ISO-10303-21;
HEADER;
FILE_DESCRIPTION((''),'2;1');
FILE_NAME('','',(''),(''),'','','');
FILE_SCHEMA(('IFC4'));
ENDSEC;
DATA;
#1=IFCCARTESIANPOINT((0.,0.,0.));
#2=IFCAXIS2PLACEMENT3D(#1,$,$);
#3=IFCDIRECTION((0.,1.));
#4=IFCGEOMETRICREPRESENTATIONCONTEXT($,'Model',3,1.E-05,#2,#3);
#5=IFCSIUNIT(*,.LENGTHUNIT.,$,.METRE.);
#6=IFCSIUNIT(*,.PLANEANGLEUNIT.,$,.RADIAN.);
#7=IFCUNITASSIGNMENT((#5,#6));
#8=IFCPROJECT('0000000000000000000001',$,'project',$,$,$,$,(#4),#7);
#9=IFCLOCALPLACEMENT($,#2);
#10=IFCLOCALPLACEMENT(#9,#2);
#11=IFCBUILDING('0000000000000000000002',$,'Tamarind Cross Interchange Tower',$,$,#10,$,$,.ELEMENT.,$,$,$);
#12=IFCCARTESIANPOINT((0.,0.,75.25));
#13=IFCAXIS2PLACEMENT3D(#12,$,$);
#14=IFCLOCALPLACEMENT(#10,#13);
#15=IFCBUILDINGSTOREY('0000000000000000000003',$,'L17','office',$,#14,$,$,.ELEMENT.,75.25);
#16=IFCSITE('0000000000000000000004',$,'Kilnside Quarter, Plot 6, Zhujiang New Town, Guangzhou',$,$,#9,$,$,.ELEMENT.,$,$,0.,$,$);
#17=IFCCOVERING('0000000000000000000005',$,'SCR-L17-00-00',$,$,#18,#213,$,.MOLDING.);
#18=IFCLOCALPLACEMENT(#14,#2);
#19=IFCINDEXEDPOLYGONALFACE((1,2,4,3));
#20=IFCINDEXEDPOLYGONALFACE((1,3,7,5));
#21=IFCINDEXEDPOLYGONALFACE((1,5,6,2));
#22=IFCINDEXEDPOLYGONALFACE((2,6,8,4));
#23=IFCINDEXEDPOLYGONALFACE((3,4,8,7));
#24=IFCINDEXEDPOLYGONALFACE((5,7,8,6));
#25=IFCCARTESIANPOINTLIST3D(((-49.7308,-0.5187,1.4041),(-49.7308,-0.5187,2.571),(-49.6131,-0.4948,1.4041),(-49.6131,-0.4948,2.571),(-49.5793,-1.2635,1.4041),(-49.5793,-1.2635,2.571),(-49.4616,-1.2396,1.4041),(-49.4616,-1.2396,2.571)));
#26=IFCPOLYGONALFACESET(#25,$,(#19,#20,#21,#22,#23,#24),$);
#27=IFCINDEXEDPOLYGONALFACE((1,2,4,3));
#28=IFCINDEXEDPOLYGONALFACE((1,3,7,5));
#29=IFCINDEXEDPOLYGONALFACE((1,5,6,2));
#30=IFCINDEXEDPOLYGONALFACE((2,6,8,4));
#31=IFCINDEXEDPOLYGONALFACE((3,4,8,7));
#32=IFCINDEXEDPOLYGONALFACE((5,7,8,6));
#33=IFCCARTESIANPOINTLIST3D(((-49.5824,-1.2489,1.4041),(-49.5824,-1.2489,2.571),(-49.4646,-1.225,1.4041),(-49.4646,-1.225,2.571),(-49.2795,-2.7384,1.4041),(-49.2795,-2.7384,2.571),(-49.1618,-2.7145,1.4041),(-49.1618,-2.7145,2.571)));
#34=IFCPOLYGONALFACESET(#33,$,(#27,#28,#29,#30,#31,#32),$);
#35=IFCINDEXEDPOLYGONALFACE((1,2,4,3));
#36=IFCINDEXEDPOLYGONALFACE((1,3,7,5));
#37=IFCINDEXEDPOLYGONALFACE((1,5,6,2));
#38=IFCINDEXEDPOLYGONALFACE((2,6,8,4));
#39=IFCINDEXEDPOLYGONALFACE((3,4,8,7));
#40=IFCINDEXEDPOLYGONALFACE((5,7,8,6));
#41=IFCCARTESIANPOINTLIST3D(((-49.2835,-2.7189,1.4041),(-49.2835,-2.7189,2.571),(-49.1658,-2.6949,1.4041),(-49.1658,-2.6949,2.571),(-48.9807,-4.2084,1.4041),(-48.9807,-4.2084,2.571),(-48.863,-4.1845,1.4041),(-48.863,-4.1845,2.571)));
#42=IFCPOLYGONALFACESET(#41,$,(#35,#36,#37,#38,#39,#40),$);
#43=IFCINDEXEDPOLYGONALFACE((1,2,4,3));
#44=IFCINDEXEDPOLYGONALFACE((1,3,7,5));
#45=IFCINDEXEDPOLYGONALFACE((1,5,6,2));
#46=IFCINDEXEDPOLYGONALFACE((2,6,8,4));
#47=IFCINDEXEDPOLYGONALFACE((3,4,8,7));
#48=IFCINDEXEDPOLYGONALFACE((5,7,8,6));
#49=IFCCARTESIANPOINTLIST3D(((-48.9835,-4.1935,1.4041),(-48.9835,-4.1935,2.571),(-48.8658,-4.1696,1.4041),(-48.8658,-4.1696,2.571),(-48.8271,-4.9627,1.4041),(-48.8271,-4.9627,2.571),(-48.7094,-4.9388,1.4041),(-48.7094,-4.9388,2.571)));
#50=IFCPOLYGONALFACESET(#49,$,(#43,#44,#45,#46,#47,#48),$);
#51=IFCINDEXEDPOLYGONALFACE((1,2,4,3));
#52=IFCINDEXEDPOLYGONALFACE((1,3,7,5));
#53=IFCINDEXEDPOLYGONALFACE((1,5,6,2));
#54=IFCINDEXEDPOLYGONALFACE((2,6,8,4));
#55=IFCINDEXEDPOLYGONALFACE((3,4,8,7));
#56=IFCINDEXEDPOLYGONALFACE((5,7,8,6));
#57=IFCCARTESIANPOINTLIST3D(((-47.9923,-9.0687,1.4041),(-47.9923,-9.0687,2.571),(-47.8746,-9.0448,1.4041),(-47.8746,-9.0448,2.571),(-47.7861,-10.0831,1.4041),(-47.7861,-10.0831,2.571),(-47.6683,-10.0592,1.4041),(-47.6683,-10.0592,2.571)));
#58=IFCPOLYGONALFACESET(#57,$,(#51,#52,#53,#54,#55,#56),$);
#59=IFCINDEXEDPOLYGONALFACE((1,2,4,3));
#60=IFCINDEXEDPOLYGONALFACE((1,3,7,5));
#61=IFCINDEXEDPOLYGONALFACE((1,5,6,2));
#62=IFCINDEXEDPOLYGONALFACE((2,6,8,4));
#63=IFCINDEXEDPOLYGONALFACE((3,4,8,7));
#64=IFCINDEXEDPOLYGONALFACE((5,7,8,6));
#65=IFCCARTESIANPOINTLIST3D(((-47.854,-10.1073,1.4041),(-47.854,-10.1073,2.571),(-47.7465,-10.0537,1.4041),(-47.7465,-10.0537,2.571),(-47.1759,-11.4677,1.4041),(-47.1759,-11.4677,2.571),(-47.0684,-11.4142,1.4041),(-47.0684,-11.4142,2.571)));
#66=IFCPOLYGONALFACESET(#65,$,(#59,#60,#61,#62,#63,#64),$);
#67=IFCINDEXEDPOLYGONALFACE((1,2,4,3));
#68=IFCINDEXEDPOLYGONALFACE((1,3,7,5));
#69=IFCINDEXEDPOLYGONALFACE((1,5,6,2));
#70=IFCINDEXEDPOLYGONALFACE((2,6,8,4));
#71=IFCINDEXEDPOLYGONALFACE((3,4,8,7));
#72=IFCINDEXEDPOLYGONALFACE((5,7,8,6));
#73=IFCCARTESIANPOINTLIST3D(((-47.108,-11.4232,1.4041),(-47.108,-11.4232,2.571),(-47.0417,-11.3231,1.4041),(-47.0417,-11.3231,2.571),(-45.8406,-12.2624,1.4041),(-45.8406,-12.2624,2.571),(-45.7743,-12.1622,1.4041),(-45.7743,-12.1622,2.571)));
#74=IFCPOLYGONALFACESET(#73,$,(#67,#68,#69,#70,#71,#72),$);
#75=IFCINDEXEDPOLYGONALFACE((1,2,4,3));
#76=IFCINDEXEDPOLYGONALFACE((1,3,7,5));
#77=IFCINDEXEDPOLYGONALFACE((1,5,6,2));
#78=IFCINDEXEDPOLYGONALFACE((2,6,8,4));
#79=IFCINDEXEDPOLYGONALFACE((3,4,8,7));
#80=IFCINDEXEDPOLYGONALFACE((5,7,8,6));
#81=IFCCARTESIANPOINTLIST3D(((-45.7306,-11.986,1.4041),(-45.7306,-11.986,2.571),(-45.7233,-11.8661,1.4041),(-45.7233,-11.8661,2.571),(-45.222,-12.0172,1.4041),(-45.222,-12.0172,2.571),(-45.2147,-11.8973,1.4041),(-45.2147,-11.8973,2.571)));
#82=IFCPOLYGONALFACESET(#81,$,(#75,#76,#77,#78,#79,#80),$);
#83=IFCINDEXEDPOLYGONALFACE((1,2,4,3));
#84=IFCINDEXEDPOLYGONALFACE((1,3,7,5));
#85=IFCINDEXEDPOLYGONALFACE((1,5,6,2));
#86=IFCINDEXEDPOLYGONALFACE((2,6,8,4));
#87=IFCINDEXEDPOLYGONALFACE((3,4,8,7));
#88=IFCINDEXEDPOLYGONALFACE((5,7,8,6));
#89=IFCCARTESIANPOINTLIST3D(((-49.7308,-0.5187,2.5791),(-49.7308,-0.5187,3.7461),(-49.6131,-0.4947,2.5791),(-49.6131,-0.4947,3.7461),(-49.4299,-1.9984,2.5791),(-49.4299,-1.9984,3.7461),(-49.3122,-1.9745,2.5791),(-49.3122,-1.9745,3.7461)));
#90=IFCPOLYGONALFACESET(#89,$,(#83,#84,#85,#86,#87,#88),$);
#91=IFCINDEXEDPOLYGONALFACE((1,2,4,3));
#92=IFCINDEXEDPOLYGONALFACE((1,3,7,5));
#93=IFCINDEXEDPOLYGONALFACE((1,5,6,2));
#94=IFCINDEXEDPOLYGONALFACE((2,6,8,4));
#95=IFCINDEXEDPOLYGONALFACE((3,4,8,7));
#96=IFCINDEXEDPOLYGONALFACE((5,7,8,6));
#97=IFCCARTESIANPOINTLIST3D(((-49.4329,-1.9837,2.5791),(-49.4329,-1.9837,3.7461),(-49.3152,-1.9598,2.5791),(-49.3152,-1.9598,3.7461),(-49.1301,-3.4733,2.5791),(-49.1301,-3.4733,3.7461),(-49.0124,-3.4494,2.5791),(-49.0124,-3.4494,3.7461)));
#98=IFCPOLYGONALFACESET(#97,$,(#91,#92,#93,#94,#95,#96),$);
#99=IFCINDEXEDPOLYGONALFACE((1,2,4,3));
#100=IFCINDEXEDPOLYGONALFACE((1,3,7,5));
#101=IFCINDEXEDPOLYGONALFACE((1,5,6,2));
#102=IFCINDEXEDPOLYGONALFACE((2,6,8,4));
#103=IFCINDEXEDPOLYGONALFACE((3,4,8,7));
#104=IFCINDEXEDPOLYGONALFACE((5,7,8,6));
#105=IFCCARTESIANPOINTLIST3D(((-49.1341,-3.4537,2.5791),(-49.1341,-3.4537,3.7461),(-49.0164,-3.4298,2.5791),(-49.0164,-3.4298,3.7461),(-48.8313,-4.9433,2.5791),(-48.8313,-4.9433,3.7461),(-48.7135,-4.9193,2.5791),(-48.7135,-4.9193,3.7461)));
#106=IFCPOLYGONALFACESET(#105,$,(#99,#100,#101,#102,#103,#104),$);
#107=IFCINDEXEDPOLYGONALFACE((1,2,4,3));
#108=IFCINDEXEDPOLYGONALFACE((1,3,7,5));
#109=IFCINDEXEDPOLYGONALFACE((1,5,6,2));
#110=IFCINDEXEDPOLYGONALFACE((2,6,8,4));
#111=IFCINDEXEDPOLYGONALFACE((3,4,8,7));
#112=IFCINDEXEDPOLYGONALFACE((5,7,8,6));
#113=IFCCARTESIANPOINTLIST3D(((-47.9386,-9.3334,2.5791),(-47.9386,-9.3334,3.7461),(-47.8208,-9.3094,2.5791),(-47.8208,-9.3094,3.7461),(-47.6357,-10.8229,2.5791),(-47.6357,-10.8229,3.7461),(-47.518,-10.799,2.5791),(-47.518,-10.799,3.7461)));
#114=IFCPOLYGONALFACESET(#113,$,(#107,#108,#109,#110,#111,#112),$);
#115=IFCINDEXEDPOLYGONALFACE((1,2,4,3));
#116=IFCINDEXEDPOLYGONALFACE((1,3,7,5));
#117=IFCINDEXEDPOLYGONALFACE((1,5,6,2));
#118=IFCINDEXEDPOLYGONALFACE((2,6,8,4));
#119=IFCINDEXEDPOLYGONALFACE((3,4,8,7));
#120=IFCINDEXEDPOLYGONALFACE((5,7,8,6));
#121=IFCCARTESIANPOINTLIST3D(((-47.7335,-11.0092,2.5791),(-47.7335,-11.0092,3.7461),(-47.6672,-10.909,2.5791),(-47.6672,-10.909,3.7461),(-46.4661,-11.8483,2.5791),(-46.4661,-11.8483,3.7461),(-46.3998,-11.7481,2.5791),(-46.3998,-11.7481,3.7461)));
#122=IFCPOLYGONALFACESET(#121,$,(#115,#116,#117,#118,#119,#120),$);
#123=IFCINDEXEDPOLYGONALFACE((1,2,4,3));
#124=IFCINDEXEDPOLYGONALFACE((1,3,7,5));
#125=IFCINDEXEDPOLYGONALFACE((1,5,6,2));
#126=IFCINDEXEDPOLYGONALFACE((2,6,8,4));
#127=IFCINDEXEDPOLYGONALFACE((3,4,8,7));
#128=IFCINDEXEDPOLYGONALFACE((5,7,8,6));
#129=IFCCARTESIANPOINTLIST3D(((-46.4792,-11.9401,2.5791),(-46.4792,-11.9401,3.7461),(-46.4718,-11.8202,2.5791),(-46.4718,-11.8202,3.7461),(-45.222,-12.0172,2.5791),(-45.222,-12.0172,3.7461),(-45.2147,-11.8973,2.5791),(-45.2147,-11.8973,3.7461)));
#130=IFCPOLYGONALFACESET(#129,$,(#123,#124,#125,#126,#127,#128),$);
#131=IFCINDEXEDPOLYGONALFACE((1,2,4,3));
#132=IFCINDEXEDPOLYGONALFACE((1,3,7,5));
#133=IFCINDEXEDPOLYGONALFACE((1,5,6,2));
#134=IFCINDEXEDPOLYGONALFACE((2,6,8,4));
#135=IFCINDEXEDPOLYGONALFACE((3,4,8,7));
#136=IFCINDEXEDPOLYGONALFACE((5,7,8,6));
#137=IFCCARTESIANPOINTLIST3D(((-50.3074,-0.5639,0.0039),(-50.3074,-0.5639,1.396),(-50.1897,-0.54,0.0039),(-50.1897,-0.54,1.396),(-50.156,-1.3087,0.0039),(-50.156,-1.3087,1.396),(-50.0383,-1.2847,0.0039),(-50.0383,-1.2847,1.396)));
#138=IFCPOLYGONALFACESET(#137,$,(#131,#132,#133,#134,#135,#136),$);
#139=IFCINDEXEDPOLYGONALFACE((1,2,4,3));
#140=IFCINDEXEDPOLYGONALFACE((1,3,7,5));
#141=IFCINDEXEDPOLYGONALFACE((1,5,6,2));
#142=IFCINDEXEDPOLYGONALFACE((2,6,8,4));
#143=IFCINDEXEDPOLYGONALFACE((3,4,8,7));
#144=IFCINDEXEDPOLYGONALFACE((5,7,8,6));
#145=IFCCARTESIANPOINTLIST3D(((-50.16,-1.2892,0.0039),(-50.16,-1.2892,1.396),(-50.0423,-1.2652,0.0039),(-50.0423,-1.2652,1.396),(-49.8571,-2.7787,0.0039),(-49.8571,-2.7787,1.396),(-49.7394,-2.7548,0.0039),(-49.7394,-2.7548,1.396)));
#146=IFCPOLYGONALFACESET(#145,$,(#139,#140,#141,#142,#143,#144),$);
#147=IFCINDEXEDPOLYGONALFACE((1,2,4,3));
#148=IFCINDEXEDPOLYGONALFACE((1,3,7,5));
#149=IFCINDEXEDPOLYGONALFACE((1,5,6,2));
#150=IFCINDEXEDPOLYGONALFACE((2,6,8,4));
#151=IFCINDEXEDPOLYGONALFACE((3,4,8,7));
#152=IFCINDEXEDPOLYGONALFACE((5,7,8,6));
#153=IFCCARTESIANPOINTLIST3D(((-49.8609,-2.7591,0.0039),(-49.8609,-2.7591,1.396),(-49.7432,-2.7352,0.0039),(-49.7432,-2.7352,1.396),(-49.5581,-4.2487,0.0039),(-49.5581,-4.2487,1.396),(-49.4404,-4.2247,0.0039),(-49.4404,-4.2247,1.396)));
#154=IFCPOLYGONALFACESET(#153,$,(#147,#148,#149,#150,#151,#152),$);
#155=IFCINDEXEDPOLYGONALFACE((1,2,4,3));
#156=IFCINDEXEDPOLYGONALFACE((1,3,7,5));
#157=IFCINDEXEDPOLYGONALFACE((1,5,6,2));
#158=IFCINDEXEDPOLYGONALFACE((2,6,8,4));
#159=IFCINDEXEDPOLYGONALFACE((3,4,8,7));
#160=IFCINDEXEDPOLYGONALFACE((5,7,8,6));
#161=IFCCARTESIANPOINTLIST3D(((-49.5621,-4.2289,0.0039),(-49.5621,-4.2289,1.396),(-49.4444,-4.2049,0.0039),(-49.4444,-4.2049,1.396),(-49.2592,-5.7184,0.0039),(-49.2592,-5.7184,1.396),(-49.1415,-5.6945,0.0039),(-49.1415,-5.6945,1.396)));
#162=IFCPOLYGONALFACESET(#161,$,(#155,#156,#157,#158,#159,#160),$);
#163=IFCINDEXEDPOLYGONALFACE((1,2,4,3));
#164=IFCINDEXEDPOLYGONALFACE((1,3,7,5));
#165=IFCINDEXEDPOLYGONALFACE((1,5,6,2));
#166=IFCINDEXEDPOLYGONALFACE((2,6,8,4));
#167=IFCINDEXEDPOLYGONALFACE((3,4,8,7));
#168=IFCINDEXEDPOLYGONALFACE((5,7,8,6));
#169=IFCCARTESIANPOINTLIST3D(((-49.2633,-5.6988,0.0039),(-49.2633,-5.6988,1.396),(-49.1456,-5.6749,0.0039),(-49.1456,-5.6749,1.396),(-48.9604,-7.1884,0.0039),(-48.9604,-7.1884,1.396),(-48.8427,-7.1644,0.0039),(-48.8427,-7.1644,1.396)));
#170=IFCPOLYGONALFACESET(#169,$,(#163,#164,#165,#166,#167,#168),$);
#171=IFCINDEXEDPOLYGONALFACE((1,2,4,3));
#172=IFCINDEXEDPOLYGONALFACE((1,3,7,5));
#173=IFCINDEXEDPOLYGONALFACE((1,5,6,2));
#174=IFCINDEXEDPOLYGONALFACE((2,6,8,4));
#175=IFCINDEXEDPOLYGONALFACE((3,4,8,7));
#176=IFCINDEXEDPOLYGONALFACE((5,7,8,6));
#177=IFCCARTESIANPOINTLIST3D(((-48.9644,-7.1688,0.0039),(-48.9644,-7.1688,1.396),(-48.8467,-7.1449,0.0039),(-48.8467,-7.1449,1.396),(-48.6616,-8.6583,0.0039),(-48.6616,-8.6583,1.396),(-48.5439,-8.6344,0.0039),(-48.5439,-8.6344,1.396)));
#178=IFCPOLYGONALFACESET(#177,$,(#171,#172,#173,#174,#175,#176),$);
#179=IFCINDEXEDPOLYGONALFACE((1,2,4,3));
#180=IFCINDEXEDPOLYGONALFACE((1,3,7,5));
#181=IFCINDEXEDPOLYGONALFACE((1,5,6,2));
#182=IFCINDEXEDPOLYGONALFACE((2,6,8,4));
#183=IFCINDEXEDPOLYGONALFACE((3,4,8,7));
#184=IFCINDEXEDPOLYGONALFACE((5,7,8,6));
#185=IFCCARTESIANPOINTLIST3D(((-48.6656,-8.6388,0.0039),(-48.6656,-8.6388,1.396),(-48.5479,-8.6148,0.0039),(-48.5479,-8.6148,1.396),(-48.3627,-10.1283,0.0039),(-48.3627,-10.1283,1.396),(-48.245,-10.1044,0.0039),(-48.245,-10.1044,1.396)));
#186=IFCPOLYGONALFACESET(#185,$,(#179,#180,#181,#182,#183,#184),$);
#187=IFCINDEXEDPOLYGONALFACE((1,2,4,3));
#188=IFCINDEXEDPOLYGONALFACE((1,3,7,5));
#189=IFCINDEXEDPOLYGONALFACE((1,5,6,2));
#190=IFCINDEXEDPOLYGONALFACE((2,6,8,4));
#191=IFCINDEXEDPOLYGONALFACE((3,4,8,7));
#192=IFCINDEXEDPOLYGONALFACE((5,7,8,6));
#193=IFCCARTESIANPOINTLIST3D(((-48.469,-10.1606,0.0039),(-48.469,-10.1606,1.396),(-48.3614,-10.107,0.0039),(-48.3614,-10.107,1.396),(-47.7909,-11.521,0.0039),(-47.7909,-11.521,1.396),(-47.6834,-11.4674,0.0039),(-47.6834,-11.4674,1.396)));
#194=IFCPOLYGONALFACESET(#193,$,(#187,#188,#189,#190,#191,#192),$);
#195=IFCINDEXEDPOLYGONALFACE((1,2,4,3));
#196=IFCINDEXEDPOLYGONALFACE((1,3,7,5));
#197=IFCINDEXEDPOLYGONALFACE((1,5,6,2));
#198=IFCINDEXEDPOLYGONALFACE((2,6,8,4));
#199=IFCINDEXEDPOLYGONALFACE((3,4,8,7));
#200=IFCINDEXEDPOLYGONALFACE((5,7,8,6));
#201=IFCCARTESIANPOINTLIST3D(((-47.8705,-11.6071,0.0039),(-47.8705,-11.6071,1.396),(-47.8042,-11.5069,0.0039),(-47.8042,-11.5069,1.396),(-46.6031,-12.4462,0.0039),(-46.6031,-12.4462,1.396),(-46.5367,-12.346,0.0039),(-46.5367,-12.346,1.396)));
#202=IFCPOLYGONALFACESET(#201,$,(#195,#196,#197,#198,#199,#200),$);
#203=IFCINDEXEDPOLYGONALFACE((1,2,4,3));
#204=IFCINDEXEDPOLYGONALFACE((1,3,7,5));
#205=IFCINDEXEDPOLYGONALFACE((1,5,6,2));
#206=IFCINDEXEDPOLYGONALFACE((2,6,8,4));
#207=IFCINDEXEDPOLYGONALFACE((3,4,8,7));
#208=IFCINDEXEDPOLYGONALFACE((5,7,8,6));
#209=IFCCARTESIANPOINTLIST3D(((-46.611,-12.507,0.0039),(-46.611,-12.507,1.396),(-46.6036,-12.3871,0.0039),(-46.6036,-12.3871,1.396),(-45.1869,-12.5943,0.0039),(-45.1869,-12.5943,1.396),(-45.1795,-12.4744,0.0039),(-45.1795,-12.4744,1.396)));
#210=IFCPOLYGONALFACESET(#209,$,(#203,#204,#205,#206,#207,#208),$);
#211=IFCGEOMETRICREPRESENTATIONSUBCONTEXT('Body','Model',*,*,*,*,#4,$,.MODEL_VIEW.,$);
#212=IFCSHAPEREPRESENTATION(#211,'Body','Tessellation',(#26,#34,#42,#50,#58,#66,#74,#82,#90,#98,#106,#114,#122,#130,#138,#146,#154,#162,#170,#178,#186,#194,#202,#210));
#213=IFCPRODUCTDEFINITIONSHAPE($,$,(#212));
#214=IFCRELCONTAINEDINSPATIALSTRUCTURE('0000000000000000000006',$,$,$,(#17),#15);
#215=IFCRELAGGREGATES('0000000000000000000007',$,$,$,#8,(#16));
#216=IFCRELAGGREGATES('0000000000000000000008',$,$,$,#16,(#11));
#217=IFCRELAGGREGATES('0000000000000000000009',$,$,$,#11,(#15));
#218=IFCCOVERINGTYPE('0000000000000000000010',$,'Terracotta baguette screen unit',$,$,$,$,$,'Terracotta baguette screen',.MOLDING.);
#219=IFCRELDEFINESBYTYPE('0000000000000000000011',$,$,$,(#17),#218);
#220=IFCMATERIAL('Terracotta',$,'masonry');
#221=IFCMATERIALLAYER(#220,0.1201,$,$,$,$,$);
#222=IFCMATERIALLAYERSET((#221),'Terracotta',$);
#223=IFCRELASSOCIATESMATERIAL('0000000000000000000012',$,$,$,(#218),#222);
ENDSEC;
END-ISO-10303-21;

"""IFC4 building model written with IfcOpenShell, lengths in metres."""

from ifc_helpers import new_model, si_unit, direction, frame, origin, origin_2d, place, context, subcontext, project, spatial, rectangle, extrude, material, layer, layer_set, type_object, element, save


model = new_model("IFC4")

# Units and contexts
model_context = context("Model", 3, precision=1e-05, world=origin(), true_north=direction((0.0, 1.0)))
body_context = subcontext(model_context, "Body", "Model", "MODEL_VIEW")
ifc_project = project(units=[si_unit("LENGTHUNIT", "METRE"), si_unit("PLANEANGLEUNIT", "RADIAN")], contexts=[model_context])

# Site, building, storey
site_placement = place(None, origin())
site = spatial("IfcSite", under=ifc_project, at=site_placement, Name="Kilnside Quarter, Plot 6, Zhujiang New Town, Guangzhou", CompositionType="ELEMENT", RefElevation=0.0)
building_placement = place(site_placement, origin())
building = spatial("IfcBuilding", under=site, at=building_placement, Name="Tamarind Cross Interchange Tower", CompositionType="ELEMENT")
storey_placement = place(building_placement, frame((0.0, 0.0, 75.25)))
storey = spatial("IfcBuildingStorey", under=building, at=storey_placement, Name="L17", Description="office", CompositionType="ELEMENT", Elevation=75.25)

# Covering
ifc_material_1 = material(Name="Terracotta", Category="masonry")
ifc_layer_1 = layer(ifc_material_1, 0.1201)
ifc_layer_set_1 = layer_set([ifc_layer_1], Name="Terracotta")
covering_type = type_object("IfcCoveringType", Name="Terracotta baguette screen unit", ElementType="Terracotta baguette screen", PredefinedType="MOLDING", material=ifc_layer_set_1)
covering_1_placement = place(storey_placement, origin())
element("IfcCovering", 1, at=covering_1_placement, inside=storey, type_object=covering_type, Name="SCR-L17-00-00", PredefinedType="MOLDING", context=body_context, shape_type="SweptSolid", body=[
    extrude(rectangle(XDim=0.76, YDim=0.1201, at=origin_2d()), frame((-49.5962, -0.8792, 1.4041), z_axis=(0.0, 0.0, 1.0), x_axis=(0.199245, -0.97995, 0.0)), (0.0, 0.0, 1.0), 1.167),
    extrude(rectangle(XDim=1.52, YDim=0.1201, at=origin_2d()), frame((-49.3721, -1.9817, 1.4041), z_axis=(0.0, 0.0, 1.0), x_axis=(0.199245, -0.97995, 0.0)), (0.0, 0.0, 1.0), 1.167),
    extrude(rectangle(XDim=1.52, YDim=0.1201, at=origin_2d()), frame((-49.0732, -3.4517, 1.4041), z_axis=(0.0, 0.0, 1.0), x_axis=(0.199245, -0.97995, 0.0)), (0.0, 0.0, 1.0), 1.167),
    extrude(rectangle(XDim=0.7849, YDim=0.1201, at=origin_2d()), frame((-48.8464, -4.5662, 1.4041), z_axis=(0.0, 0.0, 1.0), x_axis=(0.199245, -0.97995, 0.0)), (0.0, 0.0, 1.0), 1.167),
    extrude(rectangle(XDim=1.0352, YDim=0.1201, at=origin_2d()), frame((-47.8303, -9.564, 1.4041), z_axis=(0.0, 0.0, 1.0), x_axis=(0.199245, -0.97995, 0.0)), (0.0, 0.0, 1.0), 1.167),
    extrude(rectangle(XDim=1.52, YDim=0.1201, at=origin_2d()), frame((-47.4612, -10.7607, 1.4041), z_axis=(0.0, 0.0, 1.0), x_axis=(0.446085, -0.89499, 0.0)), (0.0, 0.0, 1.0), 1.167),
    extrude(rectangle(XDim=1.52, YDim=0.1201, at=origin_2d()), frame((-46.4412, -11.7927, 1.4041), z_axis=(0.0, 0.0, 1.0), x_axis=(0.833816, -0.552042, 0.0)), (0.0, 0.0, 1.0), 1.167),
    extrude(rectangle(XDim=0.5095, YDim=0.1201, at=origin_2d()), frame((-45.4727, -11.9417, 1.4041), z_axis=(0.0, 0.0, 1.0), x_axis=(0.998127, -0.061174, 0.0)), (0.0, 0.0, 1.0), 1.167),
    extrude(rectangle(XDim=1.51, YDim=0.1201, at=origin_2d()), frame((-49.5215, -1.2466, 2.5791), z_axis=(0.0, 0.0, 1.0), x_axis=(0.199245, -0.97995, 0.0)), (0.0, 0.0, 1.0), 1.167),
    extrude(rectangle(XDim=1.52, YDim=0.1201, at=origin_2d()), frame((-49.2227, -2.7166, 2.5791), z_axis=(0.0, 0.0, 1.0), x_axis=(0.199245, -0.97995, 0.0)), (0.0, 0.0, 1.0), 1.167),
    extrude(rectangle(XDim=1.52, YDim=0.1201, at=origin_2d()), frame((-48.9238, -4.1865, 2.5791), z_axis=(0.0, 0.0, 1.0), x_axis=(0.199245, -0.97995, 0.0)), (0.0, 0.0, 1.0), 1.167),
    extrude(rectangle(XDim=1.52, YDim=0.1201, at=origin_2d()), frame((-47.7283, -10.0662, 2.5791), z_axis=(0.0, 0.0, 1.0), x_axis=(0.199245, -0.97995, 0.0)), (0.0, 0.0, 1.0), 1.167),
    extrude(rectangle(XDim=1.52, YDim=0.1201, at=origin_2d()), frame((-47.0667, -11.3787, 2.5791), z_axis=(0.0, 0.0, 1.0), x_axis=(0.833816, -0.552042, 0.0)), (0.0, 0.0, 1.0), 1.167),
    extrude(rectangle(XDim=1.2595, YDim=0.1201, at=origin_2d()), frame((-45.8469, -11.9187, 2.5791), z_axis=(0.0, 0.0, 1.0), x_axis=(0.998127, -0.061174, 0.0)), (0.0, 0.0, 1.0), 1.167),
    extrude(rectangle(XDim=0.76, YDim=0.1201, at=origin_2d()), frame((-50.1729, -0.9243, 0.0039), z_axis=(0.0, 0.0, 1.0), x_axis=(0.199245, -0.97995, 0.0)), (0.0, 0.0, 1.0), 1.3921),
    extrude(rectangle(XDim=1.52, YDim=0.1201, at=origin_2d()), frame((-49.9497, -2.022, 0.0039), z_axis=(0.0, 0.0, 1.0), x_axis=(0.199245, -0.97995, 0.0)), (0.0, 0.0, 1.0), 1.3921),
    extrude(rectangle(XDim=1.52, YDim=0.1201, at=origin_2d()), frame((-49.6506, -3.4919, 0.0039), z_axis=(0.0, 0.0, 1.0), x_axis=(0.199245, -0.97995, 0.0)), (0.0, 0.0, 1.0), 1.3921),
    extrude(rectangle(XDim=1.52, YDim=0.1201, at=origin_2d()), frame((-49.3518, -4.9617, 0.0039), z_axis=(0.0, 0.0, 1.0), x_axis=(0.199245, -0.97995, 0.0)), (0.0, 0.0, 1.0), 1.3921),
    extrude(rectangle(XDim=1.52, YDim=0.1201, at=origin_2d()), frame((-49.053, -6.4316, 0.0039), z_axis=(0.0, 0.0, 1.0), x_axis=(0.199245, -0.97995, 0.0)), (0.0, 0.0, 1.0), 1.3921),
    extrude(rectangle(XDim=1.52, YDim=0.1201, at=origin_2d()), frame((-48.7542, -7.9016, 0.0039), z_axis=(0.0, 0.0, 1.0), x_axis=(0.199245, -0.97995, 0.0)), (0.0, 0.0, 1.0), 1.3921),
    extrude(rectangle(XDim=1.52, YDim=0.1201, at=origin_2d()), frame((-48.4553, -9.3716, 0.0039), z_axis=(0.0, 0.0, 1.0), x_axis=(0.199245, -0.97995, 0.0)), (0.0, 0.0, 1.0), 1.3921),
    extrude(rectangle(XDim=1.52, YDim=0.1201, at=origin_2d()), frame((-48.0762, -10.814, 0.0039), z_axis=(0.0, 0.0, 1.0), x_axis=(0.446085, -0.89499, 0.0)), (0.0, 0.0, 1.0), 1.3921),
    extrude(rectangle(XDim=1.52, YDim=0.1201, at=origin_2d()), frame((-47.2036, -11.9766, 0.0039), z_axis=(0.0, 0.0, 1.0), x_axis=(0.833816, -0.552042, 0.0)), (0.0, 0.0, 1.0), 1.3921),
    extrude(rectangle(XDim=1.4268, YDim=0.1201, at=origin_2d()), frame((-45.8953, -12.4907, 0.0039), z_axis=(0.0, 0.0, 1.0), x_axis=(0.998127, -0.061174, 0.0)), (0.0, 0.0, 1.0), 1.3921),
])

save(model, "model.ifc")
